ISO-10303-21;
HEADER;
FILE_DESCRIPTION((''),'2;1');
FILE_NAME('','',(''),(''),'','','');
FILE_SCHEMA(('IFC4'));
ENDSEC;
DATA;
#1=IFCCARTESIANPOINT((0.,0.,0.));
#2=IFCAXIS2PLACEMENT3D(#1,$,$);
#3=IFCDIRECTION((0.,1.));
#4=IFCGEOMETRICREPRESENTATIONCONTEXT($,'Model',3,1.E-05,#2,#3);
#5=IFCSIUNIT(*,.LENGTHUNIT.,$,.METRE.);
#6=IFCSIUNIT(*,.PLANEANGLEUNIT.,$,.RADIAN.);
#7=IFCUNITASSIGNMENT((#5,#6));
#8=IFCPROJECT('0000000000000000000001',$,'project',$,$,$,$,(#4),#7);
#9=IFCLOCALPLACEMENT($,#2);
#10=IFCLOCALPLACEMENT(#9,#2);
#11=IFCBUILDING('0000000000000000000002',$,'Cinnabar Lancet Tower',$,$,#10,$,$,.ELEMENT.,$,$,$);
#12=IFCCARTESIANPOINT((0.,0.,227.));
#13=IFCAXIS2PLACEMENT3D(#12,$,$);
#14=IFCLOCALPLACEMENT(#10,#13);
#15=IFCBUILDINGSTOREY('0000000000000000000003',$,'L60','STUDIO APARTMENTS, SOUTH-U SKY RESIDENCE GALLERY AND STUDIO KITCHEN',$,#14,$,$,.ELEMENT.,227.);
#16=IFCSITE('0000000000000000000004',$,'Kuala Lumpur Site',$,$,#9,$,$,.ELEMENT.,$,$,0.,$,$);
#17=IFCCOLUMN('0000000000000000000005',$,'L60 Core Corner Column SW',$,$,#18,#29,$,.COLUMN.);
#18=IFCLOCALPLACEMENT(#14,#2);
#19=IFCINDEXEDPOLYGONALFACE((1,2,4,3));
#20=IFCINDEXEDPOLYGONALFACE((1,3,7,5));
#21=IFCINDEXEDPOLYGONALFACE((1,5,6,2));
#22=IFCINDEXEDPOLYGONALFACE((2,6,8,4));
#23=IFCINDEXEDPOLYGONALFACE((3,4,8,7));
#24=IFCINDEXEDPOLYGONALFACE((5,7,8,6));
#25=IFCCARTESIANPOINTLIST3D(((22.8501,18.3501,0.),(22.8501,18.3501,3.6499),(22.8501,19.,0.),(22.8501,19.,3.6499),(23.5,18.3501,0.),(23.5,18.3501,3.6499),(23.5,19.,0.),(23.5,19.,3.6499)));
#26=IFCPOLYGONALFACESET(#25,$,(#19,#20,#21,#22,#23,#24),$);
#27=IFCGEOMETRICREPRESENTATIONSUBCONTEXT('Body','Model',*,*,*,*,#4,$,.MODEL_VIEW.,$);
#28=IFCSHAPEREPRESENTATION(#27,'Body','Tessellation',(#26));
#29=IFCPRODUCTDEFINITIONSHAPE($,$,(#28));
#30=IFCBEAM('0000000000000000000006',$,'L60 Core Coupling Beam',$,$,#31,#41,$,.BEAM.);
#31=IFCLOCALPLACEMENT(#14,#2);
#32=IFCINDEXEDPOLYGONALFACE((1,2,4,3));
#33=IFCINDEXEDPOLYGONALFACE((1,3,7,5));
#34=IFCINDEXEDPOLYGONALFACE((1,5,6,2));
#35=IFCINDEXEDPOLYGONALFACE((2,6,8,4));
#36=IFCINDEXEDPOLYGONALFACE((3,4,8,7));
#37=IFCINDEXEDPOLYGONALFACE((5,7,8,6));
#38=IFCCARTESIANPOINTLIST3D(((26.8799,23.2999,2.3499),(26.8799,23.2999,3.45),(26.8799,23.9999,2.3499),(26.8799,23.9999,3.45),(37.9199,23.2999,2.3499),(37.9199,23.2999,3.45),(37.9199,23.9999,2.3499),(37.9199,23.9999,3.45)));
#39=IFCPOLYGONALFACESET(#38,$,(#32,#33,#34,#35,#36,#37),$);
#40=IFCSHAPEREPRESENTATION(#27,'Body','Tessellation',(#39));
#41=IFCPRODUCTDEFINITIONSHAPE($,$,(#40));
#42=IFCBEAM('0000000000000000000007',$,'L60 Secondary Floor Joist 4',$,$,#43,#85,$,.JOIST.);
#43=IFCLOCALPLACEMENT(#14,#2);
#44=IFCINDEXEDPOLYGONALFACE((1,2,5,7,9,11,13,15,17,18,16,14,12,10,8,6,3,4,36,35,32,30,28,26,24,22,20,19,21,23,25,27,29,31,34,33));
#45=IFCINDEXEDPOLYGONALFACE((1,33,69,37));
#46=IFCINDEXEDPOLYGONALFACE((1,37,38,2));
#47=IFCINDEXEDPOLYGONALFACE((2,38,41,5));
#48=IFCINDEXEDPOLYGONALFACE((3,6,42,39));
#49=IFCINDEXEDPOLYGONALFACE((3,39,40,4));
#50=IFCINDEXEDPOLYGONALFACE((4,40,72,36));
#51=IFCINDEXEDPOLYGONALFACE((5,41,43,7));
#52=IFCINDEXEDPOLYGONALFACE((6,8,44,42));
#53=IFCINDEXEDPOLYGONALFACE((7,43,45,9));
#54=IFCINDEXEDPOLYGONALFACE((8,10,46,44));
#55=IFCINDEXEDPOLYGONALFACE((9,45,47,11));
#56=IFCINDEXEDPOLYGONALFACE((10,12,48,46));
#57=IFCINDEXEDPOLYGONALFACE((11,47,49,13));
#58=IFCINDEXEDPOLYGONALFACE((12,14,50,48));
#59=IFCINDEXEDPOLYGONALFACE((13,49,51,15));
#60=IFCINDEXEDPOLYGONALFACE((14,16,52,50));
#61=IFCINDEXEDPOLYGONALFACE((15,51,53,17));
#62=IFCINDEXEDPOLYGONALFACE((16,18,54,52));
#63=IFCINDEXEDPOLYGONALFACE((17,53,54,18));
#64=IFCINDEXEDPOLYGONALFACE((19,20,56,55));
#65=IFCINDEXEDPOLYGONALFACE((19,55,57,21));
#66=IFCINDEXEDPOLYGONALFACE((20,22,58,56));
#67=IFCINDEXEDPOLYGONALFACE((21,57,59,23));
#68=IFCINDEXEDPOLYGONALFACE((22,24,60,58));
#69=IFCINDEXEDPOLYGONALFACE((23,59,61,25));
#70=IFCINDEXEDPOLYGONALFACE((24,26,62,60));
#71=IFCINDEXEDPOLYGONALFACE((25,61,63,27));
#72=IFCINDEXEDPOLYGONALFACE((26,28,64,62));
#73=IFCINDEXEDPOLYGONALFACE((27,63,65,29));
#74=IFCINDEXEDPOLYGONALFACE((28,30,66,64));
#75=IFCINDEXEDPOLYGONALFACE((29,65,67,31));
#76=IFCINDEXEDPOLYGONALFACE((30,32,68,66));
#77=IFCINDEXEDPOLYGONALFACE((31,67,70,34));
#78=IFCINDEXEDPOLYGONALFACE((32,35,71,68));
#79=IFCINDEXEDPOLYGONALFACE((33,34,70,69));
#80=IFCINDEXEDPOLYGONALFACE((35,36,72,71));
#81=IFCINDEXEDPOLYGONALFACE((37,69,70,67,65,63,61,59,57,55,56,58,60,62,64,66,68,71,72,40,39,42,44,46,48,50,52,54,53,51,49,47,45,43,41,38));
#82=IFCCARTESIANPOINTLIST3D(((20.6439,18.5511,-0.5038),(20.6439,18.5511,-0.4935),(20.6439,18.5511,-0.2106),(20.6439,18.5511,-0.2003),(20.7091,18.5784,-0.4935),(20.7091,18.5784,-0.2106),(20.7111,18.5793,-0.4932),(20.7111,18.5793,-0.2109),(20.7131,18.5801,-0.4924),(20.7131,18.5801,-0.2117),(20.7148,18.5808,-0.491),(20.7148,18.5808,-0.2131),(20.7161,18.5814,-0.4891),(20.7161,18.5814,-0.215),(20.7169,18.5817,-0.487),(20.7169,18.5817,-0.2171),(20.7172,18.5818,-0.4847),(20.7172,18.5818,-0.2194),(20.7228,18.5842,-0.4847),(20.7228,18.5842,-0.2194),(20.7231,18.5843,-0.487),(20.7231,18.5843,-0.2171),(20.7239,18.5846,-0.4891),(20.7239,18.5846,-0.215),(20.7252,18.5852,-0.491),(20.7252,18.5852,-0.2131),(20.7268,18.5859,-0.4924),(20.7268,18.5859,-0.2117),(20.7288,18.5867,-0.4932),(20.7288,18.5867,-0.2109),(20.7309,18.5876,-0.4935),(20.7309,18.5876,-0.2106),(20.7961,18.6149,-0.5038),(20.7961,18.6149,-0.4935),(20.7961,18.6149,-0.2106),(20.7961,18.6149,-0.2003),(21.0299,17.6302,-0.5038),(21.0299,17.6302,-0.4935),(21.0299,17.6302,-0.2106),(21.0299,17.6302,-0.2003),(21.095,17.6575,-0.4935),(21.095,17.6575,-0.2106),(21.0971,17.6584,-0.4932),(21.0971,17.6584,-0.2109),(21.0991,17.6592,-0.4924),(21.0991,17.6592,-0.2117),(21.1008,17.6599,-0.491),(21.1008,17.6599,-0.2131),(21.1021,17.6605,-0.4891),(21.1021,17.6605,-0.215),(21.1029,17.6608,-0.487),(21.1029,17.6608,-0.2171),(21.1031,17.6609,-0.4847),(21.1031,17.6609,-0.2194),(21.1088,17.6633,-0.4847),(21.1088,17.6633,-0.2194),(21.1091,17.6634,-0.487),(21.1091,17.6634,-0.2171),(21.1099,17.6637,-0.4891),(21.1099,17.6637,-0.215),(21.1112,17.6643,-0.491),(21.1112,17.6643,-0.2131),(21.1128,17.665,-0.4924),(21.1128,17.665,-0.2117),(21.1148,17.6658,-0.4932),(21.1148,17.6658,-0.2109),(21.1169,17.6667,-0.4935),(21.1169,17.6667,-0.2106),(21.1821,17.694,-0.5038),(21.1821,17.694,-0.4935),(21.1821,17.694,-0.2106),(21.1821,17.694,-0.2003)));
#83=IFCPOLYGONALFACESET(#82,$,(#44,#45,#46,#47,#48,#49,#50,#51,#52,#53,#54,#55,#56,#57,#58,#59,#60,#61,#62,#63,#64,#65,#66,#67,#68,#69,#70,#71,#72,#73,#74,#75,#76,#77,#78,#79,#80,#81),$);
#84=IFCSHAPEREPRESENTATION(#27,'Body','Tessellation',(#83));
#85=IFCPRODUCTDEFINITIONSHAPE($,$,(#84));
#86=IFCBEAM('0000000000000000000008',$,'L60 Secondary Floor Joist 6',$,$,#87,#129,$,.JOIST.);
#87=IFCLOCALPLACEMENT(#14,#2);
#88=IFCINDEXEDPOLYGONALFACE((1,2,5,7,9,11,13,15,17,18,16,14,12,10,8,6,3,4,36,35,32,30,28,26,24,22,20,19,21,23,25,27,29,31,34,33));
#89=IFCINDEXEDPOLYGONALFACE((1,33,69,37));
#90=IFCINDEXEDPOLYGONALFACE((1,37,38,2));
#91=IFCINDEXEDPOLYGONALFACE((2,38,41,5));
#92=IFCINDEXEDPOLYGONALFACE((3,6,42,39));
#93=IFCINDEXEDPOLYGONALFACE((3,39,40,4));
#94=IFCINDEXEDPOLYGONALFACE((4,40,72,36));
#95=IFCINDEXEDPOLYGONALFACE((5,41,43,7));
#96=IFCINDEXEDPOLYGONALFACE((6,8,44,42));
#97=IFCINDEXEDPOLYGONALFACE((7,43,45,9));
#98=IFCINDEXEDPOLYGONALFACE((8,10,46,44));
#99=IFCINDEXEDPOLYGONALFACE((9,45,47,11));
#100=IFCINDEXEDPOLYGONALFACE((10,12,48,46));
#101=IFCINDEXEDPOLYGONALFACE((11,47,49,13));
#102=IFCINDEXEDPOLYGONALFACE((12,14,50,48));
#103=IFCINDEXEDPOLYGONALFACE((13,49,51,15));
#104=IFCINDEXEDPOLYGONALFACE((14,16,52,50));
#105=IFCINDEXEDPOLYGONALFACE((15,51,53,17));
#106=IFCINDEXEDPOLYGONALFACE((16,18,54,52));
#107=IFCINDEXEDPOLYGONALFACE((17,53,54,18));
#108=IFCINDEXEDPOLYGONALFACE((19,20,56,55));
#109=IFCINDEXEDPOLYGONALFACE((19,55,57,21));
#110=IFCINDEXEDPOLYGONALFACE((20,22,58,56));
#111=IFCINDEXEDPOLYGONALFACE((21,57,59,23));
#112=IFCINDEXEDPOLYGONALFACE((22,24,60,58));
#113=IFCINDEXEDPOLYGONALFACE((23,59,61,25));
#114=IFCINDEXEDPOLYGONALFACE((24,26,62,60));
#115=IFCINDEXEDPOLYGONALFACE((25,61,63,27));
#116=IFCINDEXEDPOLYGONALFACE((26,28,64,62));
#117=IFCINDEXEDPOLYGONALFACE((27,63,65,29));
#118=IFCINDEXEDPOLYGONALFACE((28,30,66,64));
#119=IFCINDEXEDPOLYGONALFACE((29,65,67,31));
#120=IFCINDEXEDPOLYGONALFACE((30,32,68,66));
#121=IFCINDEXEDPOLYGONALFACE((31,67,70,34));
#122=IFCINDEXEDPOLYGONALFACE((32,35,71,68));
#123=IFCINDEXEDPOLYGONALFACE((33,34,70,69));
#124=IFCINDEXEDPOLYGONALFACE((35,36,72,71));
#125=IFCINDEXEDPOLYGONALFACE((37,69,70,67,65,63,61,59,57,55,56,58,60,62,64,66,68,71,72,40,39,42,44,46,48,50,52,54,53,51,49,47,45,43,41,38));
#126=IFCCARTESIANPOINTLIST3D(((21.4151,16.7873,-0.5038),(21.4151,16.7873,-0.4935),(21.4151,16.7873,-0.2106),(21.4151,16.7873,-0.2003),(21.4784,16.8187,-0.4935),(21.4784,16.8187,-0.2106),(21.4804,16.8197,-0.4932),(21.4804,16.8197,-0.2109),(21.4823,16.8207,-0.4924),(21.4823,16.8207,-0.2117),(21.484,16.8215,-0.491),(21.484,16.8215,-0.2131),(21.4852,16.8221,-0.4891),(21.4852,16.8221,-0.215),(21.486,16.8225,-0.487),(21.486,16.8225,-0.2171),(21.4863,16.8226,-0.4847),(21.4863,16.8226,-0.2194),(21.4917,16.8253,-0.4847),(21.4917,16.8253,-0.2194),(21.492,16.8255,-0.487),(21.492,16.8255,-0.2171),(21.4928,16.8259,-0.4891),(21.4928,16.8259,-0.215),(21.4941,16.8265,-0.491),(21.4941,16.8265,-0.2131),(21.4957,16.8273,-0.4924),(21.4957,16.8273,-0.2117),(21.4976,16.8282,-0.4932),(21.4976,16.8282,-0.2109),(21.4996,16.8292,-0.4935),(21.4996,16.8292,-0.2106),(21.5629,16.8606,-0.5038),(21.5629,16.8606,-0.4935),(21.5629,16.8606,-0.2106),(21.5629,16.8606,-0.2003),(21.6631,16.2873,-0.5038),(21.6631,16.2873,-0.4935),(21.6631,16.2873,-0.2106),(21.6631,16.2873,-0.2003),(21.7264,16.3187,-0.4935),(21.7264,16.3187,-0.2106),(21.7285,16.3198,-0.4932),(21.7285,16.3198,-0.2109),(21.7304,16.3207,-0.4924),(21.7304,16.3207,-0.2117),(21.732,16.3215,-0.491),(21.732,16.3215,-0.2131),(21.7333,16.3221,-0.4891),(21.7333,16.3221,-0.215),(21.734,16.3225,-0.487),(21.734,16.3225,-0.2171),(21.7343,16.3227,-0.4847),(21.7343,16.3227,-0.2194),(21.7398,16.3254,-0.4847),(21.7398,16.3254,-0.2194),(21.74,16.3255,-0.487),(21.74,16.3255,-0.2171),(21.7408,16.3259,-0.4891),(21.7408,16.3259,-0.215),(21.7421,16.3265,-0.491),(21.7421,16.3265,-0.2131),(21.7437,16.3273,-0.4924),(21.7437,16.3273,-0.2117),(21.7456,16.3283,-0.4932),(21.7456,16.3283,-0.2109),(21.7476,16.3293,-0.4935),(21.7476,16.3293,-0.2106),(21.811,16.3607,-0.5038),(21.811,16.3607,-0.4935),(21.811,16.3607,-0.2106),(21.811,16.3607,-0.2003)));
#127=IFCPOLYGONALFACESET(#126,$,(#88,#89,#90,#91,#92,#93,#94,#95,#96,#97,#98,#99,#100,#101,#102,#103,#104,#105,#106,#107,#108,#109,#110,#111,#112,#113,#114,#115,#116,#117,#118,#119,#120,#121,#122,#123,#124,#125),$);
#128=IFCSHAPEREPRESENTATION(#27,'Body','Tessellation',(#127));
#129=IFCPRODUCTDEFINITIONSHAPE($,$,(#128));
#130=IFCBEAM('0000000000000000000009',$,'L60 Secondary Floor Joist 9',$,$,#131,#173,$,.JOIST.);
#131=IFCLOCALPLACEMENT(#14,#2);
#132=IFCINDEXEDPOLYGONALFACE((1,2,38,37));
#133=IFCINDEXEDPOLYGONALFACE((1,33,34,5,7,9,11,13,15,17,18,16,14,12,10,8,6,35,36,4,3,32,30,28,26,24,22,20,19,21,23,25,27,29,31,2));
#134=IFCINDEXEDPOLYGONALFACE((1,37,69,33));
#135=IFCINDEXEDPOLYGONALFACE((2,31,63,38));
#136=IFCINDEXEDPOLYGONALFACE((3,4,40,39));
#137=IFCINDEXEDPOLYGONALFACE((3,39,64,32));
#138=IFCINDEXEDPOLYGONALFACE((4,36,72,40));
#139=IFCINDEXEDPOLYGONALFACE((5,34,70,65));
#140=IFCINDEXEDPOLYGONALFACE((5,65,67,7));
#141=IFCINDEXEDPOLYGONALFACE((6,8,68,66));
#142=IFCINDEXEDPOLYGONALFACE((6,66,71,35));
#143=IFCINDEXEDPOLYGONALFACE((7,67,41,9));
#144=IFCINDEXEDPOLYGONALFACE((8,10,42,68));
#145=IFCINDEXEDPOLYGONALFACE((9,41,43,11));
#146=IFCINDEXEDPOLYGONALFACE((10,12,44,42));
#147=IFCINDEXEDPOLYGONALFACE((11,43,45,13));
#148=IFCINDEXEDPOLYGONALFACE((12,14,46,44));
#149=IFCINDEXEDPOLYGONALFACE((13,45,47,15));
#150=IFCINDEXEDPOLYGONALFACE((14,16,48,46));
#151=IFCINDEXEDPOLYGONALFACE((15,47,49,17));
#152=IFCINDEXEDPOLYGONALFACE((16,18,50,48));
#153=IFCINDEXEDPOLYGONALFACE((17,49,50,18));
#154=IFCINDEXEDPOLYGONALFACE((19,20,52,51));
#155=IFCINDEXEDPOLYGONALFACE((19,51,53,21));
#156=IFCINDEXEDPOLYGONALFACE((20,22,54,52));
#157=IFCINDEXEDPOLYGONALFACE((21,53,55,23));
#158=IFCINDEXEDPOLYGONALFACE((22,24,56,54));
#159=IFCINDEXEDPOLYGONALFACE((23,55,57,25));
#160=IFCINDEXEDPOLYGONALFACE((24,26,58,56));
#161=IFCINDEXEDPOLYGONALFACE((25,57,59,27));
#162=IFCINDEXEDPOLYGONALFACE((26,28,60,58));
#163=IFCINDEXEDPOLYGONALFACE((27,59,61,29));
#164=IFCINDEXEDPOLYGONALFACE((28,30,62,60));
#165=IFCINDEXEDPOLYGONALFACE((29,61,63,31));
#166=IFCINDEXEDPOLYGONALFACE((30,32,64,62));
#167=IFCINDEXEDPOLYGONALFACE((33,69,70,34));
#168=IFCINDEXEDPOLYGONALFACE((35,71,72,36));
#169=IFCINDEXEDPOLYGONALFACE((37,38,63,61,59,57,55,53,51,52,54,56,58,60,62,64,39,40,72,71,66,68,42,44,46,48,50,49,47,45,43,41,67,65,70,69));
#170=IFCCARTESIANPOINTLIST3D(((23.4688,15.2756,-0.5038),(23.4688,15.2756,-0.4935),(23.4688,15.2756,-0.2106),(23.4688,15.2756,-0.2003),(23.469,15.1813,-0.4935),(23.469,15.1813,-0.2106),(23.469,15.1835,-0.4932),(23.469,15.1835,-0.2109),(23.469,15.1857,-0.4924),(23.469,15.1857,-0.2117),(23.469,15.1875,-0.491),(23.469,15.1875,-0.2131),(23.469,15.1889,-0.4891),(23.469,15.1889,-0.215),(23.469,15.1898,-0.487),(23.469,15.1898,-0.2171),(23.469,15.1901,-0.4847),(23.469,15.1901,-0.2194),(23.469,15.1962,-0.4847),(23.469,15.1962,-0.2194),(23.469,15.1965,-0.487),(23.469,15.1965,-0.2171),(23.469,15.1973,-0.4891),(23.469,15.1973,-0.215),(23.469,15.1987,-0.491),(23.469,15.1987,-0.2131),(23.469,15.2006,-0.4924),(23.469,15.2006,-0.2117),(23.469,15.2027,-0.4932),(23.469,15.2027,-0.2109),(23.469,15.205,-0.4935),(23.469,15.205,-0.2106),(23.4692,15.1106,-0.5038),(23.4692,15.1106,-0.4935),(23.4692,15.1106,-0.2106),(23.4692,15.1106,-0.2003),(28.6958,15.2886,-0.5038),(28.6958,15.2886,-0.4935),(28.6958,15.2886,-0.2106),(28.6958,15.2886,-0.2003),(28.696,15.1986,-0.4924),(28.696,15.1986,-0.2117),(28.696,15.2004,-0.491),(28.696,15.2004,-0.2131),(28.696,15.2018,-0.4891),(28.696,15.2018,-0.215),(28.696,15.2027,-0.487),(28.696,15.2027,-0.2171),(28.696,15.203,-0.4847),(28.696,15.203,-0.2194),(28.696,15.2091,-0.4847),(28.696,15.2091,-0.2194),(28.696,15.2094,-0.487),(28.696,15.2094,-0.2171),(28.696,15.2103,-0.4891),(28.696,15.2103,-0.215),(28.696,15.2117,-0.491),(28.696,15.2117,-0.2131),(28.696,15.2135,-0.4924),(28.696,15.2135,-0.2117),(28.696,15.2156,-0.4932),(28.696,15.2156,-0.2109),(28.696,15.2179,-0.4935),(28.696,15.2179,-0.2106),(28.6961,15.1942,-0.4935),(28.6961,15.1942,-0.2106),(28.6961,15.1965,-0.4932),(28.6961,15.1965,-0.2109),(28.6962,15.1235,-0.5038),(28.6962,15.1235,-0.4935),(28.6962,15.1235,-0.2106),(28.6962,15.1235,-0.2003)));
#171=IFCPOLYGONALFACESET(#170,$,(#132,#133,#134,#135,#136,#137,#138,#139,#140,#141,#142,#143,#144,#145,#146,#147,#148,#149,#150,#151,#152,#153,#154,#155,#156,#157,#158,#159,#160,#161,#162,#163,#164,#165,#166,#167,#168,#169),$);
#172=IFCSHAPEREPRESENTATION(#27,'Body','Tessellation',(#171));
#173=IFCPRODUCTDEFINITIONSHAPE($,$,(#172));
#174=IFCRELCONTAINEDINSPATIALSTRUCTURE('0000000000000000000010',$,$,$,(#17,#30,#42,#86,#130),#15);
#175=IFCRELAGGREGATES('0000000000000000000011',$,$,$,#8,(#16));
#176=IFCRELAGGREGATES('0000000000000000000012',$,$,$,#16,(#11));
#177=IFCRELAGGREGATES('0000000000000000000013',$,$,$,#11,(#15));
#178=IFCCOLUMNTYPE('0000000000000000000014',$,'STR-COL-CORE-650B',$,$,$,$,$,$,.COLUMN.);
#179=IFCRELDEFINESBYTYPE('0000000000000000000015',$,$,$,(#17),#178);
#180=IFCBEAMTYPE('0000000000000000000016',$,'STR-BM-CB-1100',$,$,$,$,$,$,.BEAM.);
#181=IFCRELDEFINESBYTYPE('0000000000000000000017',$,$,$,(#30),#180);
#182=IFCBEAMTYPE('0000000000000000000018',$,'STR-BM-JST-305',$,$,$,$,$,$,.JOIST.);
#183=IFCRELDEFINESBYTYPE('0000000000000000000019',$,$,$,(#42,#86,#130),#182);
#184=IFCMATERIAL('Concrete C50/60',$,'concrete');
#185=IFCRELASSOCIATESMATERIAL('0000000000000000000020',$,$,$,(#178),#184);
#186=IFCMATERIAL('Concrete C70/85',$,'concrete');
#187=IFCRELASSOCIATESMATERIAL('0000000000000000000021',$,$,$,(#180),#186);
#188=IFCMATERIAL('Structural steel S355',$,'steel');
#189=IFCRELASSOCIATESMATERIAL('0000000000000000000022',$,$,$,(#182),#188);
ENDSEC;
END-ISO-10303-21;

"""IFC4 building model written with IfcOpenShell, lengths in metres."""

from ifc_helpers import new_model, si_unit, direction, frame, origin, origin_2d, place, context, subcontext, project, spatial, rectangle, i_section, extrude, material, material_profile, profile_set, type_object, element, save


model = new_model("IFC4")

# Units and contexts
model_context = context("Model", 3, precision=1e-05, world=origin(), true_north=direction((0.0, 1.0)))
body_context = subcontext(model_context, "Body", "Model", "MODEL_VIEW")
ifc_project = project(units=[si_unit("LENGTHUNIT", "METRE"), si_unit("PLANEANGLEUNIT", "RADIAN")], contexts=[model_context])

# Site, building, storey
site_placement = place(None, origin())
site = spatial("IfcSite", under=ifc_project, at=site_placement, Name="Kuala Lumpur Site", CompositionType="ELEMENT", RefElevation=0.0)
building_placement = place(site_placement, origin())
building = spatial("IfcBuilding", under=site, at=building_placement, Name="Cinnabar Lancet Tower", CompositionType="ELEMENT")
storey_placement = place(building_placement, frame((0.0, 0.0, 227.0)))
storey = spatial("IfcBuildingStorey", under=building, at=storey_placement, Name="L60", Description="STUDIO APARTMENTS, SOUTH-U SKY RESIDENCE GALLERY AND STUDIO KITCHEN", CompositionType="ELEMENT", Elevation=227.0)

# Column
ifc_material_1 = material(Name="Concrete C50/60", Category="concrete")
ifc_material_profile_1 = material_profile(ifc_material_1, rectangle(XDim=0.6499, YDim=0.6499, at=origin_2d()), Name="RC-COL 650x650")
ifc_profile_set_1 = profile_set([ifc_material_profile_1], Name="Concrete C50/60")
column_type = type_object("IfcColumnType", Name="STR-COL-CORE-650B", PredefinedType="COLUMN", material=ifc_profile_set_1)
column_placement = place(storey_placement, frame((23.175, 18.675, 0.0), z_axis=(0.0, 0.0, 1.0), x_axis=(1.0, 0.0, 0.0)))
element("IfcColumn", 1, at=column_placement, inside=storey, type_object=column_type, Name="L60 Core Corner Column SW", PredefinedType="COLUMN", context=body_context, shape_type="SweptSolid", body=[
    extrude(rectangle(XDim=0.6499, YDim=0.6499, at=origin_2d()), origin(), (0.0, 0.0, 1.0), 3.6499),
])

# Beams
ifc_material_2 = material(Name="Concrete C70/85", Category="concrete")
ifc_material_profile_2 = material_profile(ifc_material_2, rectangle(XDim=0.7, YDim=1.1001, at=origin_2d()), Name="RC-CB 700x1100")
ifc_profile_set_2 = profile_set([ifc_material_profile_2], Name="Concrete C70/85")
beam_type_1 = type_object("IfcBeamType", Name="STR-BM-CB-1100", PredefinedType="BEAM", material=ifc_profile_set_2)
beam_1_placement = place(storey_placement, frame((26.8799, 23.6499, 2.8999), z_axis=(1.0, 0.0, 0.0), x_axis=(0.0, 1.0, 0.0)))
element("IfcBeam", 2, at=beam_1_placement, inside=storey, type_object=beam_type_1, Name="L60 Core Coupling Beam", PredefinedType="BEAM", context=body_context, shape_type="SweptSolid", body=[
    extrude(rectangle(XDim=0.7, YDim=1.1001, at=origin_2d()), origin(), (0.0, 0.0, 1.0), 11.04),
])
ifc_material_3 = material(Name="Structural steel S355", Category="steel")
ifc_material_profile_3 = material_profile(ifc_material_3, i_section(OverallWidth=0.165, OverallDepth=0.3035, WebThickness=0.0061, FlangeThickness=0.0103, FilletRadius=0.0088, at=origin_2d()), Name="UKB 305x165x40")
ifc_profile_set_3 = profile_set([ifc_material_profile_3], Name="Structural steel S355")
beam_type_2 = type_object("IfcBeamType", Name="STR-BM-JST-305", PredefinedType="JOIST", material=ifc_profile_set_3)
beam_2_placement = place(storey_placement, frame((20.72, 18.583, -0.3521), z_axis=(0.386559, -0.922265, 0.0), x_axis=(0.922265, 0.386559, 0.0)))
element("IfcBeam", 3, at=beam_2_placement, inside=storey, type_object=beam_type_2, Name="L60 Secondary Floor Joist 4", PredefinedType="JOIST", context=body_context, shape_type="SweptSolid", body=[
    extrude(i_section(OverallWidth=0.165, OverallDepth=0.3035, WebThickness=0.0061, FlangeThickness=0.0103, FilletRadius=0.0088, at=origin_2d()), origin(), (0.0, 0.0, 1.0), 0.9985),
])
beam_3_placement = place(storey_placement, frame((21.489, 16.824, -0.3521), z_axis=(0.444412, -0.895823, 0.0), x_axis=(0.895823, 0.444412, 0.0)))
element("IfcBeam", 4, at=beam_3_placement, inside=storey, type_object=beam_type_2, Name="L60 Secondary Floor Joist 6", PredefinedType="JOIST", context=body_context, shape_type="SweptSolid", body=[
    extrude(i_section(OverallWidth=0.165, OverallDepth=0.3035, WebThickness=0.0061, FlangeThickness=0.0103, FilletRadius=0.0088, at=origin_2d()), origin(), (0.0, 0.0, 1.0), 0.5581),
])
beam_4_placement = place(storey_placement, frame((23.469, 15.1931, -0.3521), z_axis=(0.999997, 0.002475, 0.0), x_axis=(-0.002475, 0.999997, 0.0)))
element("IfcBeam", 5, at=beam_4_placement, inside=storey, type_object=beam_type_2, Name="L60 Secondary Floor Joist 9", PredefinedType="JOIST", context=body_context, shape_type="SweptSolid", body=[
    extrude(i_section(OverallWidth=0.165, OverallDepth=0.3035, WebThickness=0.0061, FlangeThickness=0.0103, FilletRadius=0.0088, at=origin_2d()), origin(), (0.0, 0.0, 1.0), 5.2271),
])

save(model, "model.ifc")
